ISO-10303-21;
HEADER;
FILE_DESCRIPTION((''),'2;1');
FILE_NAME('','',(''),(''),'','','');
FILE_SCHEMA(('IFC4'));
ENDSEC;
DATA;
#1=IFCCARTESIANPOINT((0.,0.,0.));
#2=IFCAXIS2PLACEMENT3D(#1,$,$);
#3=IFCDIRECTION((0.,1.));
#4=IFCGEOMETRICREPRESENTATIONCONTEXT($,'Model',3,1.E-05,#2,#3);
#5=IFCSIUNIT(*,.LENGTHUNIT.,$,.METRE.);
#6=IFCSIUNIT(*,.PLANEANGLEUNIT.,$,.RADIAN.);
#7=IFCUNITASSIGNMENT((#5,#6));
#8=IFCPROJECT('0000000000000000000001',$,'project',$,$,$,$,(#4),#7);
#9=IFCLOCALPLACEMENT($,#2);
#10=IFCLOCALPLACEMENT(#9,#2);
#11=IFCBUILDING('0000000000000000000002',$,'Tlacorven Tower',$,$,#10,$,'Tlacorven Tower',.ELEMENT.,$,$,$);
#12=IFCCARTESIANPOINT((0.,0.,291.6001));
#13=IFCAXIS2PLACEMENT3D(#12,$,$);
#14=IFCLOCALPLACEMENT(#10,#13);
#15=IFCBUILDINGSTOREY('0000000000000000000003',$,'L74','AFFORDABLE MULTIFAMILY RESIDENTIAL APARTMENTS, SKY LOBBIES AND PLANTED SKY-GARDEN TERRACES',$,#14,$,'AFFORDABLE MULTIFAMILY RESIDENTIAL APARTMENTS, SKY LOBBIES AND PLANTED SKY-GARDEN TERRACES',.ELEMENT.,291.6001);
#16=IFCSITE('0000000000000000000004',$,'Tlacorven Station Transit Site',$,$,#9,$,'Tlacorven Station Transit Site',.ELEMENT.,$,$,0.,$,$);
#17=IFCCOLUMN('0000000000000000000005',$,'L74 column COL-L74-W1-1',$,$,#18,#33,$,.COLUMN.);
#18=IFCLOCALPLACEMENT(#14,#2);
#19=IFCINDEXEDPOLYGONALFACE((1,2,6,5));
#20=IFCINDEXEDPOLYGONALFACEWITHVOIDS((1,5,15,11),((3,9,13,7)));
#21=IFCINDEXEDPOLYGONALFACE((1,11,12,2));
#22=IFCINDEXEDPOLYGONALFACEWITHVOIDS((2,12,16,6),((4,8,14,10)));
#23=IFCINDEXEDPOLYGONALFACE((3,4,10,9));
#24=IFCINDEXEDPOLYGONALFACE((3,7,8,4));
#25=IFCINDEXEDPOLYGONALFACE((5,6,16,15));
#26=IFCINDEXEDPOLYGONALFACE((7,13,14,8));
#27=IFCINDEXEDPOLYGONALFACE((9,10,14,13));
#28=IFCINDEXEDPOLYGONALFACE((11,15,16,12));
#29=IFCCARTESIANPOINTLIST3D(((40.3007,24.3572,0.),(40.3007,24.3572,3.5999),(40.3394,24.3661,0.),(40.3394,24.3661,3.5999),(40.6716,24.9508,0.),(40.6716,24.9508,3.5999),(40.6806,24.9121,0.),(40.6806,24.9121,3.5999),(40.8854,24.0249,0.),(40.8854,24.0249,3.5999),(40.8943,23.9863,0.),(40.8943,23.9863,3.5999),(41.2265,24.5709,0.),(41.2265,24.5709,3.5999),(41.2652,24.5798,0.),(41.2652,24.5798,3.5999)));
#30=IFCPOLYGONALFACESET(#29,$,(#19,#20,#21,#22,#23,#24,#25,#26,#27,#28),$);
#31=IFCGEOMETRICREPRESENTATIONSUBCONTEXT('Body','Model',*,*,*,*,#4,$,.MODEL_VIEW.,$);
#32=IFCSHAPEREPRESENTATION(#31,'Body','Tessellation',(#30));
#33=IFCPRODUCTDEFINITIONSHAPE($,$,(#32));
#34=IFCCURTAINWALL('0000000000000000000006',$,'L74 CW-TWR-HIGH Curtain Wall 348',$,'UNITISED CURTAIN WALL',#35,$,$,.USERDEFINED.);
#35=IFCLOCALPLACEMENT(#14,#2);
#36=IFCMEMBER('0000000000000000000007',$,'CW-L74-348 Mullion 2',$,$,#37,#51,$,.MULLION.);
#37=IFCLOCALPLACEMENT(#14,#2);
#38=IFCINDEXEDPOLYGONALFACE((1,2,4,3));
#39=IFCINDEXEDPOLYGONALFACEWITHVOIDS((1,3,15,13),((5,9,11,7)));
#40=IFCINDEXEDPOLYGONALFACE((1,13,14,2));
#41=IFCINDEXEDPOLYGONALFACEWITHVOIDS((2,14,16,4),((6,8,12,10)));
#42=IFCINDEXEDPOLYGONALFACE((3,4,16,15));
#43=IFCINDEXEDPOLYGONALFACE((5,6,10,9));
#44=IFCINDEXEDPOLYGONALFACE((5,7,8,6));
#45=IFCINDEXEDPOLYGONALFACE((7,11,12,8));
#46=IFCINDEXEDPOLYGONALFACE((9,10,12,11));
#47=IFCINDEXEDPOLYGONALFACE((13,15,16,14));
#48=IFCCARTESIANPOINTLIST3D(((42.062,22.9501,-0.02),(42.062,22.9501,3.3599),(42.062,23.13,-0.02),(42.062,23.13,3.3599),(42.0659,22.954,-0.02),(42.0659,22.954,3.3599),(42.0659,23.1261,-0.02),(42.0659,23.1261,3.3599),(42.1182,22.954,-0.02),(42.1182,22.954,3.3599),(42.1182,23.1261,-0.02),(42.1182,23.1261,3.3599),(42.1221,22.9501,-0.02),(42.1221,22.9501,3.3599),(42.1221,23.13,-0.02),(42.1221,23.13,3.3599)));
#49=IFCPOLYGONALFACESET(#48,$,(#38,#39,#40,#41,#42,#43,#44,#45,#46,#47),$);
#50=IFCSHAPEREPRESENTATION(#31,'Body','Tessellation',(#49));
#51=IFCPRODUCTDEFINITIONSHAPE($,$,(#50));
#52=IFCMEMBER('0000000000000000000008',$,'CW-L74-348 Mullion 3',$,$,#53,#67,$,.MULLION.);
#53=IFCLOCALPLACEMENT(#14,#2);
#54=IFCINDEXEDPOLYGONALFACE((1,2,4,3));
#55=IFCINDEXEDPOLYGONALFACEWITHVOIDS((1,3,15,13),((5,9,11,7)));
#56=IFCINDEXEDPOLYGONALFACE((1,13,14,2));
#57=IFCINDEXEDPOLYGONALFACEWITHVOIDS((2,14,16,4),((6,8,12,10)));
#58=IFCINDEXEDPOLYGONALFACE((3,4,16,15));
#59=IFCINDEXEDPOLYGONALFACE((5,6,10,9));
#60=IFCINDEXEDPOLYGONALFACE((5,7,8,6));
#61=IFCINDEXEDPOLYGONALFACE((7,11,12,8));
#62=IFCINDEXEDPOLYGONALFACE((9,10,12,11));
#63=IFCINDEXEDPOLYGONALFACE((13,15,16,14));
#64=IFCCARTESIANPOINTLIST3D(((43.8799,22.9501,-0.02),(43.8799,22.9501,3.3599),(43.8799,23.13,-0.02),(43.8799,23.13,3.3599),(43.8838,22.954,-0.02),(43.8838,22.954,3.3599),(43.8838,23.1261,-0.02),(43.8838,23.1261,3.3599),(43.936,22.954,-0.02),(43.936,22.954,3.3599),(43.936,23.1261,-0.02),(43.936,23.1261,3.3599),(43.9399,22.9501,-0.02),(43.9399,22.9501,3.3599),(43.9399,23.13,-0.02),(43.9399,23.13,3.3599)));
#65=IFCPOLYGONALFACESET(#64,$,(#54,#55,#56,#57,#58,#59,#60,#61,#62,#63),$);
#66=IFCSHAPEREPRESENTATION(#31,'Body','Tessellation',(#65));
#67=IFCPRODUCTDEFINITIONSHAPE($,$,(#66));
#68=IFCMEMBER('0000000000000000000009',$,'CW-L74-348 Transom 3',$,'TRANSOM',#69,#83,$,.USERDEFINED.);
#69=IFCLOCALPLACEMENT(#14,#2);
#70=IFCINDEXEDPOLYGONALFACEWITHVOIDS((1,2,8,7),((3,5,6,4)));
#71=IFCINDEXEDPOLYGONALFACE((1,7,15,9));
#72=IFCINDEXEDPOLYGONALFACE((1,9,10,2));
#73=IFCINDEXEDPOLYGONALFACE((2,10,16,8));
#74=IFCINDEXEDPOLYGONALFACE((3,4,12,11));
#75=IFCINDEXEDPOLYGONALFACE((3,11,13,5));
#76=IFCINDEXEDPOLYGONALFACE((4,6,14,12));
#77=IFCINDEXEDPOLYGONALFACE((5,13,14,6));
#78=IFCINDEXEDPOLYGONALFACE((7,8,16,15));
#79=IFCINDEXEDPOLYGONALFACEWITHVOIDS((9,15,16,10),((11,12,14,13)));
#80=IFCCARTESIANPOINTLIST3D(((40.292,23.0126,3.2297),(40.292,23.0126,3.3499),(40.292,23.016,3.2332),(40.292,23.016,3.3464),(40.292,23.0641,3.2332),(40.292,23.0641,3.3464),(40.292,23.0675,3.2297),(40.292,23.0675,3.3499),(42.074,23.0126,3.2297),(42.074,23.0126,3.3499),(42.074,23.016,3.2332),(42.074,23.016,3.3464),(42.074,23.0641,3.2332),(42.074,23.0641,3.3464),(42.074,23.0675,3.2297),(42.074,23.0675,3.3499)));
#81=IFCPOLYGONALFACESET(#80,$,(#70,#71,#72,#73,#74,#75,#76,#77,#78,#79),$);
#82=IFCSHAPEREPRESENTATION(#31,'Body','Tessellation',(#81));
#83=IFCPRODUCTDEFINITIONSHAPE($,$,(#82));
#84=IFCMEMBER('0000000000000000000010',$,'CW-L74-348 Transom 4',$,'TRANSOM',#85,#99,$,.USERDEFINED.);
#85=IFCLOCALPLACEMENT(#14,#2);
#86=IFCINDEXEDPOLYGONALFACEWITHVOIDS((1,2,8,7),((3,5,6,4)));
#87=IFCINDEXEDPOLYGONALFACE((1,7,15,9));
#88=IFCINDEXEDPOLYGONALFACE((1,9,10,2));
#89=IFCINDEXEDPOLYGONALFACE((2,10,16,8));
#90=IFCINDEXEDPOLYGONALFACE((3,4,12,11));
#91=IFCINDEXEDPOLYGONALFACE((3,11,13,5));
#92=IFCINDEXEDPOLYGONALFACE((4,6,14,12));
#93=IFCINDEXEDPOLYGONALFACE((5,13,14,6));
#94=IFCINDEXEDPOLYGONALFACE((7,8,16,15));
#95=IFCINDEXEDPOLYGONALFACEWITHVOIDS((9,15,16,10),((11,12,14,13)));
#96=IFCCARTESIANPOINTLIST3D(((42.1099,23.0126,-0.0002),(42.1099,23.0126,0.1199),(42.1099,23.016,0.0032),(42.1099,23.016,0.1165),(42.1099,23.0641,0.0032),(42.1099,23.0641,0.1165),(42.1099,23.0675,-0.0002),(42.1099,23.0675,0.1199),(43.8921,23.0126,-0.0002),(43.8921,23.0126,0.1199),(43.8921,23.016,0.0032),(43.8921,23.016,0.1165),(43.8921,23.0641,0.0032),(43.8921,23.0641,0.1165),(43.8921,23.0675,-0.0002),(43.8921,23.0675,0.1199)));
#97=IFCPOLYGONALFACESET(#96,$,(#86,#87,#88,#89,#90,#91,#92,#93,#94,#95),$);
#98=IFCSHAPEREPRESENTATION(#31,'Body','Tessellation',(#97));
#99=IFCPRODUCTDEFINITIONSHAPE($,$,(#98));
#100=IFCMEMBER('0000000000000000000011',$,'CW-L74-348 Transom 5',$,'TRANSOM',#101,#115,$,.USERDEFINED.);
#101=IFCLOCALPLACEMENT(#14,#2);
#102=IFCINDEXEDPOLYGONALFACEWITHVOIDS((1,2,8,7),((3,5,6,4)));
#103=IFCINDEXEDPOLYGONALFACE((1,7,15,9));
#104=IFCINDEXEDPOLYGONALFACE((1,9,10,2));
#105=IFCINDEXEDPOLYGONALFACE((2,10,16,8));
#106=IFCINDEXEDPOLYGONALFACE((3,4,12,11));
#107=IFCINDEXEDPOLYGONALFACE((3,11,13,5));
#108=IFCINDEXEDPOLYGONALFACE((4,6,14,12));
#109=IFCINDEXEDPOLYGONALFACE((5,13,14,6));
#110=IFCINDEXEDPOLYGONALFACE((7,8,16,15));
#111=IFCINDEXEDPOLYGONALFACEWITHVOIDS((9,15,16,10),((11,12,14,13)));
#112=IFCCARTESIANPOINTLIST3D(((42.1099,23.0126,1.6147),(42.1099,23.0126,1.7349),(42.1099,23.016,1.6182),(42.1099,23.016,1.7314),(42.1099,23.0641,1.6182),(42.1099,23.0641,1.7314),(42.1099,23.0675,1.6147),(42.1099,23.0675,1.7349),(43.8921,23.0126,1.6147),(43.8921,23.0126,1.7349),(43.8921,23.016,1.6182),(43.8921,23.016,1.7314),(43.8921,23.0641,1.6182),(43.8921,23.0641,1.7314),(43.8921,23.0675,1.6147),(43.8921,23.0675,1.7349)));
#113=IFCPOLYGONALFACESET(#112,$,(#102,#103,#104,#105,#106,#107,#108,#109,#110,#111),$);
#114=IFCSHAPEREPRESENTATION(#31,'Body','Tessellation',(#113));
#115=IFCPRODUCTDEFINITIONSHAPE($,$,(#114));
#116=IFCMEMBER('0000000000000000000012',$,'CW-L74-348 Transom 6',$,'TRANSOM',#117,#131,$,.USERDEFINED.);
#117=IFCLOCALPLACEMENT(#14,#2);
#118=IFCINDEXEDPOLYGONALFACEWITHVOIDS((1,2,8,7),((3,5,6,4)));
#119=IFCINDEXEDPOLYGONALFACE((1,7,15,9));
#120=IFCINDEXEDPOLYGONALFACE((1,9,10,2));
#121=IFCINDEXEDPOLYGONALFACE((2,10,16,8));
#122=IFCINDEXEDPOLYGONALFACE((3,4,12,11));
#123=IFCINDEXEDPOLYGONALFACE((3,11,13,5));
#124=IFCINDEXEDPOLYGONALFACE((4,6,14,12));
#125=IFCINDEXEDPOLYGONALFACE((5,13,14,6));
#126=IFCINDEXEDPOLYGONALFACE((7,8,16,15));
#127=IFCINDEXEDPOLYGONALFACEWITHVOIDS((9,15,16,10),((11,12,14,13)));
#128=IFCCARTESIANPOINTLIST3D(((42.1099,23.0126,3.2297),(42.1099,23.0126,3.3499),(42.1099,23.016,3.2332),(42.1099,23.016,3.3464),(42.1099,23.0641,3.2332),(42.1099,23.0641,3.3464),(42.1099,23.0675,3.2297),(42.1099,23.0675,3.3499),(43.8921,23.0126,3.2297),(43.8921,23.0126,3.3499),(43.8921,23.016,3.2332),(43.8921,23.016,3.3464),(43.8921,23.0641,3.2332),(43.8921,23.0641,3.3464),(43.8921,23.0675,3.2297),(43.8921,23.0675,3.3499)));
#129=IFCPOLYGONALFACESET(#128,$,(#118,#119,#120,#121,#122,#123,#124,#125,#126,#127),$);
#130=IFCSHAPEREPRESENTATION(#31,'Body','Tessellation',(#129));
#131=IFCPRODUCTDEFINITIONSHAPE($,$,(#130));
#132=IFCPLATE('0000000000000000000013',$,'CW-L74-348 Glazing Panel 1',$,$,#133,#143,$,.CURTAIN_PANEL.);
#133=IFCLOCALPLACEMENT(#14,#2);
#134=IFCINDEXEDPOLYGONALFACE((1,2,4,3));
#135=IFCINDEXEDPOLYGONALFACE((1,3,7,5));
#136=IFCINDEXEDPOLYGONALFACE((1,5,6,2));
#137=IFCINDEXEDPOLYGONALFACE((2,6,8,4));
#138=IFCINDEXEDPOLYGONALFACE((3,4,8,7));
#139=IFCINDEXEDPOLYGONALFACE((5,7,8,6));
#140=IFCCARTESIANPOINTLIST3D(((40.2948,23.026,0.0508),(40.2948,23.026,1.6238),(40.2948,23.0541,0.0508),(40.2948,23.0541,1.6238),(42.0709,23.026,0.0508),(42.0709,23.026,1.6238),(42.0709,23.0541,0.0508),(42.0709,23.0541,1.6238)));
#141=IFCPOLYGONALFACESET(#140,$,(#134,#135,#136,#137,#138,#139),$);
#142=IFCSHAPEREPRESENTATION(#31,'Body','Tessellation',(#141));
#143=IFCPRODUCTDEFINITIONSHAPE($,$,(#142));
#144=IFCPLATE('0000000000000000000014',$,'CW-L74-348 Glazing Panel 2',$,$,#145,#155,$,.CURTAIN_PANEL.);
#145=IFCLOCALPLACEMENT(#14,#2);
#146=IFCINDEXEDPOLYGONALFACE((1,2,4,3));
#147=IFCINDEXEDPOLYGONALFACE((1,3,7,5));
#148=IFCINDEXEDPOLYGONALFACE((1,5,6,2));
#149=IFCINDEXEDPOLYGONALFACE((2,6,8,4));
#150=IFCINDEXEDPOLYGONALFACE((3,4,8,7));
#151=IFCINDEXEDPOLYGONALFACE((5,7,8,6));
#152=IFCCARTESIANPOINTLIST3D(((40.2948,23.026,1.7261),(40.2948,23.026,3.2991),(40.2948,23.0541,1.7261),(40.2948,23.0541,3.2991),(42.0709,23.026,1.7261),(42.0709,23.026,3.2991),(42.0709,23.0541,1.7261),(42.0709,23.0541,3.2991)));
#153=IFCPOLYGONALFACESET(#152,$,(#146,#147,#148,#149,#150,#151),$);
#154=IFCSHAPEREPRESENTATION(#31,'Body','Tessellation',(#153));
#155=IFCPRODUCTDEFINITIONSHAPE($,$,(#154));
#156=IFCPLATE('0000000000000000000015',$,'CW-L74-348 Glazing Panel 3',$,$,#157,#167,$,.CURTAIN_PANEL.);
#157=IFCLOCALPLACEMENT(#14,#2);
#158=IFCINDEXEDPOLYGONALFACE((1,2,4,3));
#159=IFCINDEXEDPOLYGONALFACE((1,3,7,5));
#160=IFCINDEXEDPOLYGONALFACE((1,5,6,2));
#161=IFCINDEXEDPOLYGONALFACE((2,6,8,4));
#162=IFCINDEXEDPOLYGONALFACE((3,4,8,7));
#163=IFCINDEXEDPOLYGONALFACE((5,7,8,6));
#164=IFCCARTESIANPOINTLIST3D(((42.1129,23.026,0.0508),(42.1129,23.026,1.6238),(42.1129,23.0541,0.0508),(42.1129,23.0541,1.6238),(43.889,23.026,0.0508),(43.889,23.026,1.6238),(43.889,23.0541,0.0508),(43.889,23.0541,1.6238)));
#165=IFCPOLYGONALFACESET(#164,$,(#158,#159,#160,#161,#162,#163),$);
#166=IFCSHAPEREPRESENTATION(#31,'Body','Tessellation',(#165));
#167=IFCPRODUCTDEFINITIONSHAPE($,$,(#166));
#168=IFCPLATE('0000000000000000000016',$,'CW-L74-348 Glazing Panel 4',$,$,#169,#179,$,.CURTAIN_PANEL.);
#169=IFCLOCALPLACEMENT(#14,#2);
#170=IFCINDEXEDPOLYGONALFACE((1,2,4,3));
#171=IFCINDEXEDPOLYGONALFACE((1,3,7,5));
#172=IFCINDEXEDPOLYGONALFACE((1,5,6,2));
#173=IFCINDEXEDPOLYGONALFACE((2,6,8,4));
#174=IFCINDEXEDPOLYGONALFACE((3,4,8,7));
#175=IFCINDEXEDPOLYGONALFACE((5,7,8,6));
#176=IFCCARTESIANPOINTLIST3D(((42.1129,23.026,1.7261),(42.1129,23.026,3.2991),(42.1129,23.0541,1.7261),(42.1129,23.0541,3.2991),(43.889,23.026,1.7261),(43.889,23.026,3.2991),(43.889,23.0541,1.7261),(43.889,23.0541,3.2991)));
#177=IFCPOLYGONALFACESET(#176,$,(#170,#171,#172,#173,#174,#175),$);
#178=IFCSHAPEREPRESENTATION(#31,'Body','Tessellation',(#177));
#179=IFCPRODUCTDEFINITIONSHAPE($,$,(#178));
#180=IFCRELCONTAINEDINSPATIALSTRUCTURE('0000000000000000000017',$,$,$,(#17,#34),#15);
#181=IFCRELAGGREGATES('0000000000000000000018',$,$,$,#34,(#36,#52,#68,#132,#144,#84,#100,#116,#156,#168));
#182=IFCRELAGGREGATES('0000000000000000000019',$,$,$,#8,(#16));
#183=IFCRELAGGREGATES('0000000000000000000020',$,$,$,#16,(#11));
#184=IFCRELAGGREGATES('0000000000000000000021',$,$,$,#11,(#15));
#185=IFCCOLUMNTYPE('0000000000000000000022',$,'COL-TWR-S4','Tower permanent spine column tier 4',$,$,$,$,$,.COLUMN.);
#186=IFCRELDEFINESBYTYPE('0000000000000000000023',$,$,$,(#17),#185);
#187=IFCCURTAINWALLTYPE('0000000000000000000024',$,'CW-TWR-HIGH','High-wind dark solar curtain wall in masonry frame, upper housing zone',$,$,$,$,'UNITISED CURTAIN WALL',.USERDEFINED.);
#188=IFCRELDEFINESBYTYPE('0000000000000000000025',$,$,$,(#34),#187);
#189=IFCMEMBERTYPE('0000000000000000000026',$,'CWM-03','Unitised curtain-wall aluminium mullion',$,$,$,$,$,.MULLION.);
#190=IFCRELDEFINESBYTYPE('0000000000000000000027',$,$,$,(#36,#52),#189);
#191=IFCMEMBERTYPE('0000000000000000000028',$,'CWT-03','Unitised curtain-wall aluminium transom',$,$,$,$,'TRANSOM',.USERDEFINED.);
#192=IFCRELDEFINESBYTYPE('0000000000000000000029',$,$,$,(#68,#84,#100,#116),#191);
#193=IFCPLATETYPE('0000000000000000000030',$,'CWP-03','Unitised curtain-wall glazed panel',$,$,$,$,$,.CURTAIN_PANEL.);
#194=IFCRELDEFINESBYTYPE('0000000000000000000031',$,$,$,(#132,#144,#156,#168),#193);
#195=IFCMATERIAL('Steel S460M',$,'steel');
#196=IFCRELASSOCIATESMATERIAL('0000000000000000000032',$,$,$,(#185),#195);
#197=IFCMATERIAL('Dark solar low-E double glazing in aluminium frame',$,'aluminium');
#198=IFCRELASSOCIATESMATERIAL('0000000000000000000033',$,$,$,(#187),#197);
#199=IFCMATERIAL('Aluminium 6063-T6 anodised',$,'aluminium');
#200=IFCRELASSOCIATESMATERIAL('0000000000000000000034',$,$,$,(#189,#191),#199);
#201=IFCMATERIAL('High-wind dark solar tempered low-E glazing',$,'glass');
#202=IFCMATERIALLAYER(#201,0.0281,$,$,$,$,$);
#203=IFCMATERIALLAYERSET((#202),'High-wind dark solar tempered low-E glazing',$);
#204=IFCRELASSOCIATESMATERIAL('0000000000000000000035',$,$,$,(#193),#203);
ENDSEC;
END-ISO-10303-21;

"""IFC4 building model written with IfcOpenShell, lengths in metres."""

from ifc_helpers import new_model, si_unit, direction, frame, origin, origin_2d, place, context, subcontext, project, spatial, rectangle, hollow_rectangle, extrude, source, transform, mapped, material, layer, layer_set, material_profile, profile_set, type_object, element, aggregate, save


model = new_model("IFC4")

# Units and contexts
model_context = context("Model", 3, precision=1e-05, world=origin(), true_north=direction((0.0, 1.0)))
body_context = subcontext(model_context, "Body", "Model", "MODEL_VIEW")
ifc_project = project(units=[si_unit("LENGTHUNIT", "METRE"), si_unit("PLANEANGLEUNIT", "RADIAN")], contexts=[model_context])

# Site, building, storey
site_placement = place(None, origin())
site = spatial("IfcSite", under=ifc_project, at=site_placement, Name="Tlacorven Station Transit Site", LongName="Tlacorven Station Transit Site", CompositionType="ELEMENT", RefElevation=0.0)
building_placement = place(site_placement, origin())
building = spatial("IfcBuilding", under=site, at=building_placement, Name="Tlacorven Tower", LongName="Tlacorven Tower", CompositionType="ELEMENT")
storey_placement = place(building_placement, frame((0.0, 0.0, 291.6001)))
storey = spatial("IfcBuildingStorey", under=building, at=storey_placement, Name="L74", Description="AFFORDABLE MULTIFAMILY RESIDENTIAL APARTMENTS, SKY LOBBIES AND PLANTED SKY-GARDEN TERRACES", LongName="AFFORDABLE MULTIFAMILY RESIDENTIAL APARTMENTS, SKY LOBBIES AND PLANTED SKY-GARDEN TERRACES", CompositionType="ELEMENT", Elevation=291.6001)

# Column
ifc_material_1 = material(Name="Steel S460M", Category="steel")
ifc_material_profile_1 = material_profile(ifc_material_1, hollow_rectangle(XDim=0.7, YDim=0.7, WallThickness=0.0281, at=origin_2d()), Name="BOX 700X700X28")
ifc_profile_set_1 = profile_set([ifc_material_profile_1], Name="Steel S460M")
column_type = type_object("IfcColumnType", Name="COL-TWR-S4", Description="Tower permanent spine column tier 4", PredefinedType="COLUMN", material=ifc_profile_set_1)
shared_shape_1 = source(origin(), body_context, "Body", "SweptSolid", [
    extrude(hollow_rectangle(XDim=0.7, YDim=0.7, WallThickness=0.0281, at=origin_2d()), origin(), (0.0, 0.0, 1.0), 3.5999),
])
column_placement = place(storey_placement, frame((40.783, 24.4685, 0.0), z_axis=(0.0, 0.0, 1.0), x_axis=(-0.848048, 0.529919, 0.0)))
element("IfcColumn", 1, at=column_placement, inside=storey, type_object=column_type, Name="L74 column COL-L74-W1-1", PredefinedType="COLUMN", context=body_context, shape_type="MappedRepresentation", body=[
    mapped(shared_shape_1, transform((0.0, 0.0, 0.0), scale=1.0)),
])

# Curtain wall, members, plates
ifc_material_2 = material(Name="Dark solar low-E double glazing in aluminium frame", Category="aluminium")
curtain_wall_type = type_object("IfcCurtainWallType", Name="CW-TWR-HIGH", Description="High-wind dark solar curtain wall in masonry frame, upper housing zone", ElementType="UNITISED CURTAIN WALL", PredefinedType="USERDEFINED", material=ifc_material_2)
curtain_wall_placement = place(storey_placement, origin())
curtain_wall = element("IfcCurtainWall", 2, at=curtain_wall_placement, inside=storey, type_object=curtain_wall_type, Name="L74 CW-TWR-HIGH Curtain Wall 348", ObjectType="UNITISED CURTAIN WALL", PredefinedType="USERDEFINED")
ifc_material_3 = material(Name="Aluminium 6063-T6 anodised", Category="aluminium")
ifc_material_profile_2 = material_profile(ifc_material_3, hollow_rectangle(XDim=0.0601, YDim=0.1799, WallThickness=0.0039, at=origin_2d()), Name="ALU MULLION 60X180")
ifc_profile_set_2 = profile_set([ifc_material_profile_2], Name="Aluminium 6063-T6 anodised")
member_type_1 = type_object("IfcMemberType", Name="CWM-03", Description="Unitised curtain-wall aluminium mullion", PredefinedType="MULLION", material=ifc_profile_set_2)
shared_shape_2 = source(origin(), body_context, "Body", "SweptSolid", [
    extrude(hollow_rectangle(XDim=0.0601, YDim=0.1799, WallThickness=0.0039, at=origin_2d()), origin(), (0.0, 0.0, 1.0), 3.3799),
])
member_1_placement = place(storey_placement, frame((42.092, 23.04, -0.02), z_axis=(0.0, 0.0, 1.0), x_axis=(1.0, 0.0, 0.0)))
member_1 = element("IfcMember", 3, at=member_1_placement, type_object=member_type_1, Name="CW-L74-348 Mullion 2", PredefinedType="MULLION", context=body_context, shape_type="MappedRepresentation", body=[
    mapped(shared_shape_2, transform((0.0, 0.0, 0.0), scale=1.0)),
])
member_2_placement = place(storey_placement, frame((43.9099, 23.04, -0.02), z_axis=(0.0, 0.0, 1.0), x_axis=(1.0, 0.0, 0.0)))
member_2 = element("IfcMember", 4, at=member_2_placement, type_object=member_type_1, Name="CW-L74-348 Mullion 3", PredefinedType="MULLION", context=body_context, shape_type="MappedRepresentation", body=[
    mapped(shared_shape_2, transform((0.0, 0.0, 0.0), scale=1.0)),
])
ifc_material_profile_3 = material_profile(ifc_material_3, hollow_rectangle(XDim=0.0549, YDim=0.1201, WallThickness=0.0034, at=origin_2d()), Name="ALU TRANSOM 55X120")
ifc_profile_set_3 = profile_set([ifc_material_profile_3], Name="Aluminium 6063-T6 anodised")
member_type_2 = type_object("IfcMemberType", Name="CWT-03", Description="Unitised curtain-wall aluminium transom", ElementType="TRANSOM", PredefinedType="USERDEFINED", material=ifc_profile_set_3)
shared_shape_3 = source(origin(), body_context, "Body", "SweptSolid", [
    extrude(hollow_rectangle(XDim=0.0549, YDim=0.1201, WallThickness=0.0034, at=origin_2d()), origin(), (0.0, 0.0, 1.0), 1.782),
])
member_3_placement = place(storey_placement, frame((40.292, 23.04, 3.2898), z_axis=(1.0, 0.0, 0.0), x_axis=(0.0, 1.0, 0.0)))
member_3 = element("IfcMember", 5, at=member_3_placement, type_object=member_type_2, Name="CW-L74-348 Transom 3", ObjectType="TRANSOM", PredefinedType="USERDEFINED", context=body_context, shape_type="MappedRepresentation", body=[
    mapped(shared_shape_3, transform((0.0, 0.0, 0.0), scale=1.0)),
])
shared_shape_4 = source(origin(), body_context, "Body", "SweptSolid", [
    extrude(hollow_rectangle(XDim=0.0549, YDim=0.1201, WallThickness=0.0034, at=origin_2d()), origin(), (0.0, 0.0, 1.0), 1.7822),
])
member_4_placement = place(storey_placement, frame((42.1099, 23.04, 0.0598), z_axis=(1.0, 0.0, 0.0), x_axis=(0.0, 1.0, 0.0)))
member_4 = element("IfcMember", 6, at=member_4_placement, type_object=member_type_2, Name="CW-L74-348 Transom 4", ObjectType="TRANSOM", PredefinedType="USERDEFINED", context=body_context, shape_type="MappedRepresentation", body=[
    mapped(shared_shape_4, transform((0.0, 0.0, 0.0), scale=1.0)),
])
member_5_placement = place(storey_placement, frame((42.1099, 23.04, 1.6748), z_axis=(1.0, 0.0, 0.0), x_axis=(0.0, 1.0, 0.0)))
member_5 = element("IfcMember", 7, at=member_5_placement, type_object=member_type_2, Name="CW-L74-348 Transom 5", ObjectType="TRANSOM", PredefinedType="USERDEFINED", context=body_context, shape_type="MappedRepresentation", body=[
    mapped(shared_shape_4, transform((0.0, 0.0, 0.0), scale=1.0)),
])
member_6_placement = place(storey_placement, frame((42.1099, 23.04, 3.2898), z_axis=(1.0, 0.0, 0.0), x_axis=(0.0, 1.0, 0.0)))
member_6 = element("IfcMember", 8, at=member_6_placement, type_object=member_type_2, Name="CW-L74-348 Transom 6", ObjectType="TRANSOM", PredefinedType="USERDEFINED", context=body_context, shape_type="MappedRepresentation", body=[
    mapped(shared_shape_4, transform((0.0, 0.0, 0.0), scale=1.0)),
])
ifc_material_4 = material(Name="High-wind dark solar tempered low-E glazing", Category="glass")
ifc_layer_1 = layer(ifc_material_4, 0.0281)
ifc_layer_set_1 = layer_set([ifc_layer_1], Name="High-wind dark solar tempered low-E glazing")
plate_type = type_object("IfcPlateType", Name="CWP-03", Description="Unitised curtain-wall glazed panel", PredefinedType="CURTAIN_PANEL", material=ifc_layer_set_1)
shared_shape_5 = source(origin(), body_context, "Body", "SweptSolid", [
    extrude(rectangle(XDim=1.7761, YDim=0.0281, at=origin_2d()), origin(), (0.0, 0.0, 1.0), 1.573),
])
plate_1_placement = place(storey_placement, frame((41.1829, 23.04, 0.0508), z_axis=(0.0, 0.0, 1.0), x_axis=(1.0, 0.0, 0.0)))
plate_1 = element("IfcPlate", 9, at=plate_1_placement, type_object=plate_type, Name="CW-L74-348 Glazing Panel 1", PredefinedType="CURTAIN_PANEL", context=body_context, shape_type="MappedRepresentation", body=[
    mapped(shared_shape_5, transform((0.0, 0.0, 0.0), scale=1.0)),
])
plate_2_placement = place(storey_placement, frame((41.1829, 23.04, 1.7261), z_axis=(0.0, 0.0, 1.0), x_axis=(1.0, 0.0, 0.0)))
plate_2 = element("IfcPlate", 10, at=plate_2_placement, type_object=plate_type, Name="CW-L74-348 Glazing Panel 2", PredefinedType="CURTAIN_PANEL", context=body_context, shape_type="MappedRepresentation", body=[
    mapped(shared_shape_5, transform((0.0, 0.0, 0.0), scale=1.0)),
])
plate_3_placement = place(storey_placement, frame((43.001, 23.04, 0.0508), z_axis=(0.0, 0.0, 1.0), x_axis=(1.0, 0.0, 0.0)))
plate_3 = element("IfcPlate", 11, at=plate_3_placement, type_object=plate_type, Name="CW-L74-348 Glazing Panel 3", PredefinedType="CURTAIN_PANEL", context=body_context, shape_type="MappedRepresentation", body=[
    mapped(shared_shape_5, transform((0.0, 0.0, 0.0), scale=1.0)),
])
plate_4_placement = place(storey_placement, frame((43.001, 23.04, 1.7261), z_axis=(0.0, 0.0, 1.0), x_axis=(1.0, 0.0, 0.0)))
plate_4 = element("IfcPlate", 12, at=plate_4_placement, type_object=plate_type, Name="CW-L74-348 Glazing Panel 4", PredefinedType="CURTAIN_PANEL", context=body_context, shape_type="MappedRepresentation", body=[
    mapped(shared_shape_5, transform((0.0, 0.0, 0.0), scale=1.0)),
])
aggregate(curtain_wall, [member_1, member_2, member_3, plate_1, plate_2, member_4, member_5, member_6, plate_3, plate_4])

save(model, "model.ifc")
